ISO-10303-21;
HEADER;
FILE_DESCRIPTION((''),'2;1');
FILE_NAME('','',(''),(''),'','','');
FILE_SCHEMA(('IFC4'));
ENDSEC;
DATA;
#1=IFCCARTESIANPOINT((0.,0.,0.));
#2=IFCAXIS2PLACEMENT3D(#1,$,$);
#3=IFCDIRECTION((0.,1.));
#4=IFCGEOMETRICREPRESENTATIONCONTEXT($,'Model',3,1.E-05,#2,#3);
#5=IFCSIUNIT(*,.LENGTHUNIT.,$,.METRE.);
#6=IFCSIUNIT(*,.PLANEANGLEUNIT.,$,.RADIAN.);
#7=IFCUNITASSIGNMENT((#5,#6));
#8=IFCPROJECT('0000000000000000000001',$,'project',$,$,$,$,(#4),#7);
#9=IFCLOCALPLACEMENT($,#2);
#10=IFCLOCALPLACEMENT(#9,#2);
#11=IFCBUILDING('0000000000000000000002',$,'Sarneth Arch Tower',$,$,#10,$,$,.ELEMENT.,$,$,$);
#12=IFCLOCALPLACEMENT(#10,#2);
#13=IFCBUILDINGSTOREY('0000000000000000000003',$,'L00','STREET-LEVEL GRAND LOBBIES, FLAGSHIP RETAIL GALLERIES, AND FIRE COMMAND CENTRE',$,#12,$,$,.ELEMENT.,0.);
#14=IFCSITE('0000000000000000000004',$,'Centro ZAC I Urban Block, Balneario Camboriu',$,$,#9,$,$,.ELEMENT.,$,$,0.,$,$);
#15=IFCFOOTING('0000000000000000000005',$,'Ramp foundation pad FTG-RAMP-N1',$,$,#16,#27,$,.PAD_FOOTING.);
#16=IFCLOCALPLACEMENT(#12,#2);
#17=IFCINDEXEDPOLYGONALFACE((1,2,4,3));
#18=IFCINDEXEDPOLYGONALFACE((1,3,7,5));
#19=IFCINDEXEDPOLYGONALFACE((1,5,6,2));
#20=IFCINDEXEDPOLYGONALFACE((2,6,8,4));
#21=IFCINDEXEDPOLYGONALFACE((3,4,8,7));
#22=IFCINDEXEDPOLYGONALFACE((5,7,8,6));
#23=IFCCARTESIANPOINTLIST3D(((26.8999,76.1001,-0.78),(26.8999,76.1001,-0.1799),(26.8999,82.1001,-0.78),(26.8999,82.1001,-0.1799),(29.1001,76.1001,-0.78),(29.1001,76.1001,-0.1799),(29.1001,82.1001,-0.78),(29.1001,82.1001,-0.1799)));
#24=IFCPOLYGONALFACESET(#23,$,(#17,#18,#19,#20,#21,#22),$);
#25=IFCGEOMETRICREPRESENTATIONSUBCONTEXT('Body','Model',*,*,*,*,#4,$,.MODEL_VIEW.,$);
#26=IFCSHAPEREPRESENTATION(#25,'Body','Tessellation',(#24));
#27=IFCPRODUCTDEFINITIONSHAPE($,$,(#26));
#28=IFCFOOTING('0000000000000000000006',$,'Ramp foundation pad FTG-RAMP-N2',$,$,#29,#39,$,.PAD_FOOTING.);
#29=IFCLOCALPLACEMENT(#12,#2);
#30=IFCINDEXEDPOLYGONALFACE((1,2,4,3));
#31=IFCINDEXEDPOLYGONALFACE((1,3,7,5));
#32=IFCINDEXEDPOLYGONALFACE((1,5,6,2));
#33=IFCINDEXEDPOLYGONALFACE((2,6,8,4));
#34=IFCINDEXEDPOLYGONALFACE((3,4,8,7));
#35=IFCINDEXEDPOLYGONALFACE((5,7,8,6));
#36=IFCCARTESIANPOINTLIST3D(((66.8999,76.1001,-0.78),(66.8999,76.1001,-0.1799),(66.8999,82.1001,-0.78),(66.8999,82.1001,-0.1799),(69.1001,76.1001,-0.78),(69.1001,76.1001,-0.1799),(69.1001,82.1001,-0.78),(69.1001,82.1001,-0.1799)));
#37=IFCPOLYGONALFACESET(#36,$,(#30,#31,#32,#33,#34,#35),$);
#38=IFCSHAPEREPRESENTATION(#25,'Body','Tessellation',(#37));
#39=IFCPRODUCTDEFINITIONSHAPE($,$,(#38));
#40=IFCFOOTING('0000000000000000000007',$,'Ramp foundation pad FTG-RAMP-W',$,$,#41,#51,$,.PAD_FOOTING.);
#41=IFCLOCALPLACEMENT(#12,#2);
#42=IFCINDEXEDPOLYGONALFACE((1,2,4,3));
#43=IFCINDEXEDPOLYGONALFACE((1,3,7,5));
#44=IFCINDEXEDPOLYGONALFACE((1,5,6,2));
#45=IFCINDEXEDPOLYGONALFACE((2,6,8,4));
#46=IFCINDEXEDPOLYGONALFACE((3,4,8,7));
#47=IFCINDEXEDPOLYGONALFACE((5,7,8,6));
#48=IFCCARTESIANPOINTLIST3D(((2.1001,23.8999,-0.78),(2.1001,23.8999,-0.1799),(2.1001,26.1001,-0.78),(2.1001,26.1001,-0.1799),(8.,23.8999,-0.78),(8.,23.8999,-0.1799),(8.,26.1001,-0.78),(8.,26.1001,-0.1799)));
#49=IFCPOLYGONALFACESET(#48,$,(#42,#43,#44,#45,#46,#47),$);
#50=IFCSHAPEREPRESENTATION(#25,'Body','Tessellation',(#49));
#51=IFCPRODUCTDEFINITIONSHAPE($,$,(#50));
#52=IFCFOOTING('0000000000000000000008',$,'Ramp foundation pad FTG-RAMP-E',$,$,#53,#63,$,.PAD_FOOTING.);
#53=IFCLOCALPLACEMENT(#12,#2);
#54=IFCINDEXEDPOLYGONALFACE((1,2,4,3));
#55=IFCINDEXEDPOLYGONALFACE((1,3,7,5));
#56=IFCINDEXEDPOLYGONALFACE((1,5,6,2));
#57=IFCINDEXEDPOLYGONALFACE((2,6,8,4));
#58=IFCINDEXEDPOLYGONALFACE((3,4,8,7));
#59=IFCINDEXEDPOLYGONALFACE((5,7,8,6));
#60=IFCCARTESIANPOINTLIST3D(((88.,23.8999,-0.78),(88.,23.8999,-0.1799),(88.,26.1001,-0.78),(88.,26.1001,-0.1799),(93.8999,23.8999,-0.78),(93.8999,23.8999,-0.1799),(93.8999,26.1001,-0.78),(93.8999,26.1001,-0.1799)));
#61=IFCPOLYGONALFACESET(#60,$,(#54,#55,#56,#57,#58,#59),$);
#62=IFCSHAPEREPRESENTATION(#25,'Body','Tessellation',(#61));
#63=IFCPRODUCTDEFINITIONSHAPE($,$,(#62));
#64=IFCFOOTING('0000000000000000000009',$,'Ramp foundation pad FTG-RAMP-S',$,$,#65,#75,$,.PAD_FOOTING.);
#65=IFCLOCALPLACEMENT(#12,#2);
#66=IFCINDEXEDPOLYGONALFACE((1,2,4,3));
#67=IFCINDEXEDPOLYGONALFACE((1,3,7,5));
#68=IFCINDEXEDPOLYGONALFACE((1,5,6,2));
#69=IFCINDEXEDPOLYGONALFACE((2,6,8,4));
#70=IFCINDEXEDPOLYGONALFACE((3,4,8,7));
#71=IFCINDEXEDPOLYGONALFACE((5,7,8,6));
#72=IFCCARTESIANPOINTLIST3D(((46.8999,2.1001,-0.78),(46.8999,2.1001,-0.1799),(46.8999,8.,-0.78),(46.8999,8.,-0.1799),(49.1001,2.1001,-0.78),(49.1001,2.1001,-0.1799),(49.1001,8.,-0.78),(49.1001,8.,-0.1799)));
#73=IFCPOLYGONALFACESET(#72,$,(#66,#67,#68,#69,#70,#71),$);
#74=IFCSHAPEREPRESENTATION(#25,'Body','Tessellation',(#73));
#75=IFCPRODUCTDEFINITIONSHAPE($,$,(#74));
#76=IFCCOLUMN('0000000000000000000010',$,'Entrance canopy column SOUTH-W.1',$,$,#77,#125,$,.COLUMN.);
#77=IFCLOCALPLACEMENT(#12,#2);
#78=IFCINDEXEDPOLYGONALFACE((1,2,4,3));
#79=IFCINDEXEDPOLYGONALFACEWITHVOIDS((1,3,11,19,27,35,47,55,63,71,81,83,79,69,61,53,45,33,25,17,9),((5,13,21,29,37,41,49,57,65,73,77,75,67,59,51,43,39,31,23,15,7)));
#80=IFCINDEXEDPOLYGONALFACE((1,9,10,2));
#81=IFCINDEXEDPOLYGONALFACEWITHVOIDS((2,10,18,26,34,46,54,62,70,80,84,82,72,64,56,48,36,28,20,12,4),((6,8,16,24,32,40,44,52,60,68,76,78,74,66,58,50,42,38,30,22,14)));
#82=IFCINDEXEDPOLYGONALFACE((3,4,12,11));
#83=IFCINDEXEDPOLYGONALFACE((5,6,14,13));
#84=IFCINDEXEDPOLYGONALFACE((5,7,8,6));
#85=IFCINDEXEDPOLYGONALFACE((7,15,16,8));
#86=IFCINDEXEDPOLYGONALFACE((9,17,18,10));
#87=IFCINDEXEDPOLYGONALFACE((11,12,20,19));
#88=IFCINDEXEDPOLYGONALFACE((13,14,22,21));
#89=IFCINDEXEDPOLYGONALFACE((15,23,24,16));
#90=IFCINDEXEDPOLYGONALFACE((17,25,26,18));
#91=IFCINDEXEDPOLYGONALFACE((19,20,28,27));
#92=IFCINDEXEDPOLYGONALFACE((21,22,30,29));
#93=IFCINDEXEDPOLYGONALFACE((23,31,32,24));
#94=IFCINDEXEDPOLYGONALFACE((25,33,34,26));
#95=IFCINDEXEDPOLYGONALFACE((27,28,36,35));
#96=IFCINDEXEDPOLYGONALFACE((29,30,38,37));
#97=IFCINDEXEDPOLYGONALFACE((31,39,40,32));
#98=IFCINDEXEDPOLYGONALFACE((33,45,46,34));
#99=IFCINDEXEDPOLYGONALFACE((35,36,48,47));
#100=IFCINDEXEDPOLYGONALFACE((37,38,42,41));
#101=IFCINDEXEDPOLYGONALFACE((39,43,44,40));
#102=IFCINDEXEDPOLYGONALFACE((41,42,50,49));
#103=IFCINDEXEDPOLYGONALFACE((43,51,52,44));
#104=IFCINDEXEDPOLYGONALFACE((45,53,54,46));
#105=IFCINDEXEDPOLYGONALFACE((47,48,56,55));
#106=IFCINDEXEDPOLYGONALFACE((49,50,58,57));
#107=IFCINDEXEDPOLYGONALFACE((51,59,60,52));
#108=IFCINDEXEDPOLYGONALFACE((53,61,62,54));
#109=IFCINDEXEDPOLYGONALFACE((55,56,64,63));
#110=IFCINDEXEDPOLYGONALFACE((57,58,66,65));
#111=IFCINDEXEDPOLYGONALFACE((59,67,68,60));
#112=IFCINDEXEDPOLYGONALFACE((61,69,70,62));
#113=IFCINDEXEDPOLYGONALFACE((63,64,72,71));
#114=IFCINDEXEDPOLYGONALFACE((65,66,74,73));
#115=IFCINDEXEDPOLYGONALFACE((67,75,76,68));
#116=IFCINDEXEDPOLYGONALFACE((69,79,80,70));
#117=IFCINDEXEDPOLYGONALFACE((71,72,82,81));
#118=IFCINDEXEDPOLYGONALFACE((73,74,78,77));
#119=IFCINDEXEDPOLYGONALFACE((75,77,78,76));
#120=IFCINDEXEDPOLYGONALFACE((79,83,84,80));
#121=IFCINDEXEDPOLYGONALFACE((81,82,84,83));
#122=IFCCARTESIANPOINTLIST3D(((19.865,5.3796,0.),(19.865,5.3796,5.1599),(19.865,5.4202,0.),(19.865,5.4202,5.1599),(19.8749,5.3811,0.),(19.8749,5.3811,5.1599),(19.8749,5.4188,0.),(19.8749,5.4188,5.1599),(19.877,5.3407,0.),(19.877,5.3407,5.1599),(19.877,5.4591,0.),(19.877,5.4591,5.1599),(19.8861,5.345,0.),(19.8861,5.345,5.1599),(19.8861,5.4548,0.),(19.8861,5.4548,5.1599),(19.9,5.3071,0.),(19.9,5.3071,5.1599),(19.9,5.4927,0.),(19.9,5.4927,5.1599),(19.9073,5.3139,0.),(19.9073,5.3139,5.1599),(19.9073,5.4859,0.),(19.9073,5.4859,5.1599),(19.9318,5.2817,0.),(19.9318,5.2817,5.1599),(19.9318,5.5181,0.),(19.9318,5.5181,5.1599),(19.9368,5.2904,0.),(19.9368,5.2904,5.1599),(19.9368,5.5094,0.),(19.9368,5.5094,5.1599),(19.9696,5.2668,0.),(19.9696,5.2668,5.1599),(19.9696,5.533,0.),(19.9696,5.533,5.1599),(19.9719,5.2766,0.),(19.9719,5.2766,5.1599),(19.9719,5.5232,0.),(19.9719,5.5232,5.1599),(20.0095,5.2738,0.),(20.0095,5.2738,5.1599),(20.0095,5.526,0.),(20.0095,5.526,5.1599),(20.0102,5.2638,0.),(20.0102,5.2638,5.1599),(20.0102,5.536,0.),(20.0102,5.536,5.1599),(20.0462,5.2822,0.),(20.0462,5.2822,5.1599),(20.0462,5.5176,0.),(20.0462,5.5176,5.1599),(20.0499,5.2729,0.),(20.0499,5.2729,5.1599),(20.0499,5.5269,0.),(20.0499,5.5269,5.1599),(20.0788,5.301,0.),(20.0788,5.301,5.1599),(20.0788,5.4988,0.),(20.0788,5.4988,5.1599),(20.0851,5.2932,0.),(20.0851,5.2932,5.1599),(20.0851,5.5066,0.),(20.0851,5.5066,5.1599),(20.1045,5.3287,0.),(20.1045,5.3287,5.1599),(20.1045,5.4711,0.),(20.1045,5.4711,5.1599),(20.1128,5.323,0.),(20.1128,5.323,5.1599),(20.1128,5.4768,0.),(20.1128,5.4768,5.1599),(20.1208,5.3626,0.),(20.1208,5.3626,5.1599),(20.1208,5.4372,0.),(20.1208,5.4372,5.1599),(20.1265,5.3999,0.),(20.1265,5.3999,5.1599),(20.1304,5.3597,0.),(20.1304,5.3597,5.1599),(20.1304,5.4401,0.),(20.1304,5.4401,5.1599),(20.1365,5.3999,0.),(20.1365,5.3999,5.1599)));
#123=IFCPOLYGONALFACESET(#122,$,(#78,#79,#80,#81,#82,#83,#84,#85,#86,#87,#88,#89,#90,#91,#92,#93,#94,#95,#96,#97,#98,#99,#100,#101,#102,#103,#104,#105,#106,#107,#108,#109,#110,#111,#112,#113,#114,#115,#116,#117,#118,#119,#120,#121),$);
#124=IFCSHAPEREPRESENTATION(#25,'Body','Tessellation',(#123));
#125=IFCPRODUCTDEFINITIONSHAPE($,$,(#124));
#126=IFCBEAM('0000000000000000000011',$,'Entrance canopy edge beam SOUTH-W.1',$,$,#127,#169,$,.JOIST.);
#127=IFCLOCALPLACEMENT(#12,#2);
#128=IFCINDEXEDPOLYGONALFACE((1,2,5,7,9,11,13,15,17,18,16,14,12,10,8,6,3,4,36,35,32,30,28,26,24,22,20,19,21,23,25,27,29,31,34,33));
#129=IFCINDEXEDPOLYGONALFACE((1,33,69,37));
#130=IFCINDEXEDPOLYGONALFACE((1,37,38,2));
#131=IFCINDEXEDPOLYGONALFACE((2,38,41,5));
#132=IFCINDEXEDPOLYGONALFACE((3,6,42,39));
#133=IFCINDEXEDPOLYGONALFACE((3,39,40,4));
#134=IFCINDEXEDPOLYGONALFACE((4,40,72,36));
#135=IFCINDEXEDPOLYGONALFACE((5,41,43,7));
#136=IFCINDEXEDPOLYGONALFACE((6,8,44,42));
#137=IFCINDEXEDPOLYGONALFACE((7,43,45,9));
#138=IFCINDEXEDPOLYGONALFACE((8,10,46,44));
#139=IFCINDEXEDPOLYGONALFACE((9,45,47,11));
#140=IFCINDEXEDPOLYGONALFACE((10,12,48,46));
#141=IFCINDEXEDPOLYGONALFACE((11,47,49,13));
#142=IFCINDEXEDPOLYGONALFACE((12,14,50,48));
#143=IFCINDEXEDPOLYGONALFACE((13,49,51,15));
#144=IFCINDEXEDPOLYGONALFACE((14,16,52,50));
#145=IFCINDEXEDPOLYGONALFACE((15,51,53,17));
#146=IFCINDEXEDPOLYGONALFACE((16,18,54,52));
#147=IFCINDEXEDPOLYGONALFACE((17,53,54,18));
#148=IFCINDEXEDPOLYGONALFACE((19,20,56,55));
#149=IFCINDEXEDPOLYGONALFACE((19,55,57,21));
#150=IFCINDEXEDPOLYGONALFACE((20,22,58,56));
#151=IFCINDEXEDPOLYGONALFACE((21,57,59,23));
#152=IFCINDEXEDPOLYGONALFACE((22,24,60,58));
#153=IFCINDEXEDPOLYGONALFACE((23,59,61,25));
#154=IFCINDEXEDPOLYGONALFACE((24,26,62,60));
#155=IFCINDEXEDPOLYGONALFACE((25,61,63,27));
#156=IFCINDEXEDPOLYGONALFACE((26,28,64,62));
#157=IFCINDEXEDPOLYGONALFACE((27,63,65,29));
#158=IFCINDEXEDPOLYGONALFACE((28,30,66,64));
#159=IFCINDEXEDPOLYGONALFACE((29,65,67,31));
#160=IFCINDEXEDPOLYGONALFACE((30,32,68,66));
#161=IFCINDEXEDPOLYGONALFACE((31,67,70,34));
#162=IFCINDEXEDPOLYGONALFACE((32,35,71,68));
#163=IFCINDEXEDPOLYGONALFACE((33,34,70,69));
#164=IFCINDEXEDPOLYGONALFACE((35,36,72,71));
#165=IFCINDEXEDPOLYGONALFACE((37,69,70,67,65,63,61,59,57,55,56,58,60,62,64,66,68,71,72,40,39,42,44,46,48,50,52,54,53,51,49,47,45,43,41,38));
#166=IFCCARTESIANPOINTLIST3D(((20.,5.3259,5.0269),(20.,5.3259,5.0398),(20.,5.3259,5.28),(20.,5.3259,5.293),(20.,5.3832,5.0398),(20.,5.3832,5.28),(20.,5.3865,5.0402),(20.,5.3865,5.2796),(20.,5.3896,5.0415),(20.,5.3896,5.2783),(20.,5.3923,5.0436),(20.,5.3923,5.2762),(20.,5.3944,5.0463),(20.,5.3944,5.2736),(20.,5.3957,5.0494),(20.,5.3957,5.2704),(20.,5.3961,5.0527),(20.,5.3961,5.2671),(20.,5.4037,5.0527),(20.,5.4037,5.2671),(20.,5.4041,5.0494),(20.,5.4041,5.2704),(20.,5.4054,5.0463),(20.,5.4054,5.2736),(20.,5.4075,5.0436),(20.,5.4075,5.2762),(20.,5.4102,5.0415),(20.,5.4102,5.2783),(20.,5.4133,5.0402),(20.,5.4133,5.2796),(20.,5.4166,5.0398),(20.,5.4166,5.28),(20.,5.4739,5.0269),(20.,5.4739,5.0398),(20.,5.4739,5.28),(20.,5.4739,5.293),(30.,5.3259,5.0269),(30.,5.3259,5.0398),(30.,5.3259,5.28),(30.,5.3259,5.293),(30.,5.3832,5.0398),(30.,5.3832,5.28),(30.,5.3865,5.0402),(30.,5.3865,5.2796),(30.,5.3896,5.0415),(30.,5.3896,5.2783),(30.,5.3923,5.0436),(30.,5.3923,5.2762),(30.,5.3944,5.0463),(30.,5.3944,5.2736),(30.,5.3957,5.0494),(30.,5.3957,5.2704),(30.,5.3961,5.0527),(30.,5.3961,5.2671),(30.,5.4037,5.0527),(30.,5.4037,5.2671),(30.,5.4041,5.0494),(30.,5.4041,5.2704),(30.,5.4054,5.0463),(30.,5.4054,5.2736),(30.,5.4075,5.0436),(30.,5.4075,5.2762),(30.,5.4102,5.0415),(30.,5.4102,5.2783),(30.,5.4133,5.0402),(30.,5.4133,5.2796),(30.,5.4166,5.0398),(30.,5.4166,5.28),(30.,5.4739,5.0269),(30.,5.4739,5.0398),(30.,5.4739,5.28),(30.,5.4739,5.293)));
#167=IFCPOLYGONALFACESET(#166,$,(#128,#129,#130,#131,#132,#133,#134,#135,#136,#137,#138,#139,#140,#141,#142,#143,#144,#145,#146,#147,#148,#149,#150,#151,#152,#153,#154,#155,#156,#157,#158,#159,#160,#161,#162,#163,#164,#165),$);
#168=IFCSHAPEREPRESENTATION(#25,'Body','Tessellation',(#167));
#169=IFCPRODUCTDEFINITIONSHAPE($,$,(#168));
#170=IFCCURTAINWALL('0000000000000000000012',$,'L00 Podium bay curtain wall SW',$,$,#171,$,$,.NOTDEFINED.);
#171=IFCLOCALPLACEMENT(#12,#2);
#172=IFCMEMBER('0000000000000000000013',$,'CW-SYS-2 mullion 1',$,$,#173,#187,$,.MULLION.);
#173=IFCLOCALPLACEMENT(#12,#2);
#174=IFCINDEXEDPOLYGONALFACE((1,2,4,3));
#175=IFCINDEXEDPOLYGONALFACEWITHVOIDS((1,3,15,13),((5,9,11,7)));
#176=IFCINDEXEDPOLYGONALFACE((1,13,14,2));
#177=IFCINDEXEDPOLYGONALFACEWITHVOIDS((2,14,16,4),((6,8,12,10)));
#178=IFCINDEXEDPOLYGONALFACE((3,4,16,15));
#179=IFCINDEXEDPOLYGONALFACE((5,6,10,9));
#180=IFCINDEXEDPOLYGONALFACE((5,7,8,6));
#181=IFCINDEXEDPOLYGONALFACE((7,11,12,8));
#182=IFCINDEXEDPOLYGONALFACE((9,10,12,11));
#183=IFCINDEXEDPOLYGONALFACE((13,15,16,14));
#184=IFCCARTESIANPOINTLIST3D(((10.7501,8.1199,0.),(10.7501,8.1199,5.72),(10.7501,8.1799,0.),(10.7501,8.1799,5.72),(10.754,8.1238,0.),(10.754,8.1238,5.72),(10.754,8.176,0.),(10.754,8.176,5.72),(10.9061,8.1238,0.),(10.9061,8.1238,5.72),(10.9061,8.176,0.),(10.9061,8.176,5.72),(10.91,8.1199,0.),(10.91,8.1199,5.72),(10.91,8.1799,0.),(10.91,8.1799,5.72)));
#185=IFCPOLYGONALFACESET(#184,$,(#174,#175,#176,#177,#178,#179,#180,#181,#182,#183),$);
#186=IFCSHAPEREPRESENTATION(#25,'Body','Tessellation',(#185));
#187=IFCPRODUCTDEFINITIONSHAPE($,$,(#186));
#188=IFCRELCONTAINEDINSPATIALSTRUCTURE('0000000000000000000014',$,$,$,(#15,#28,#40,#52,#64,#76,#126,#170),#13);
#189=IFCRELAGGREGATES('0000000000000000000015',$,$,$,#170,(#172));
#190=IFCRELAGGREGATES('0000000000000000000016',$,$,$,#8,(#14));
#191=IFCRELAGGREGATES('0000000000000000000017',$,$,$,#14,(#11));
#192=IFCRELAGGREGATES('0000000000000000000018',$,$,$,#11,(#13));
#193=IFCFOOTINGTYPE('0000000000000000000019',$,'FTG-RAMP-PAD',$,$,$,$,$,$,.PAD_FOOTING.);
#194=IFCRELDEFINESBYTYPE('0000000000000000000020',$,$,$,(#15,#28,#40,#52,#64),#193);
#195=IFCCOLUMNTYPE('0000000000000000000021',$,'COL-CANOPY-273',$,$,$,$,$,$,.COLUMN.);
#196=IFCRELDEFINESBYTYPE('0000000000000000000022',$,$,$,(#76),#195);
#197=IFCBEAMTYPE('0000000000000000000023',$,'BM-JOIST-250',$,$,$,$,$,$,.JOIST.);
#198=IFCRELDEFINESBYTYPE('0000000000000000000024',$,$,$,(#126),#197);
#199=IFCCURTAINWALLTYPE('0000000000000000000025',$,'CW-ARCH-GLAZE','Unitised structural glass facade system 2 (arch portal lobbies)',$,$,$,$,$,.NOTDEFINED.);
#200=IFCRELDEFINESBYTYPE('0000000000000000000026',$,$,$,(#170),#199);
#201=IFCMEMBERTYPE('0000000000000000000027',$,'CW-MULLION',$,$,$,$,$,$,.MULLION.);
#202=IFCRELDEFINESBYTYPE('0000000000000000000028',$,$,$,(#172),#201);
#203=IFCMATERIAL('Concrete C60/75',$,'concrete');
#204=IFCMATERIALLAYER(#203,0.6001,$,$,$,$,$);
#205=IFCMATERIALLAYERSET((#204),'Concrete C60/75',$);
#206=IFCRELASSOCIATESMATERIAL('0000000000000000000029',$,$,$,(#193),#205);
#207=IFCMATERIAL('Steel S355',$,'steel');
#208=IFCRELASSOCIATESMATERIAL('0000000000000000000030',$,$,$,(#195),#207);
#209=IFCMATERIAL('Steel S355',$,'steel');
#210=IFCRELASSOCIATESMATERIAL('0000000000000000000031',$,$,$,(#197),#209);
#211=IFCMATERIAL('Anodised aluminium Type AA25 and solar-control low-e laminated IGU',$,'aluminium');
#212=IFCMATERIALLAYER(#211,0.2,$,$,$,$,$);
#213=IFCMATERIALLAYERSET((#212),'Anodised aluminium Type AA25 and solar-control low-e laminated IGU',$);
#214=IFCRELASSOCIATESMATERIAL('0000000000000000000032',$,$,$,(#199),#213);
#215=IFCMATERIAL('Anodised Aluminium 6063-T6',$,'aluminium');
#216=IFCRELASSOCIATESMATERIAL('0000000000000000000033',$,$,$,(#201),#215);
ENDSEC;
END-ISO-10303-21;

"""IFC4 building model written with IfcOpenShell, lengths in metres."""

from ifc_helpers import new_model, si_unit, direction, frame, origin, origin_2d, place, context, subcontext, project, spatial, polyline, hollow_rectangle, hollow_circle, i_section, outline, extrude, material, layer, layer_set, material_profile, profile_set, type_object, element, aggregate, save


model = new_model("IFC4")

# Units and contexts
model_context = context("Model", 3, precision=1e-05, world=origin(), true_north=direction((0.0, 1.0)))
body_context = subcontext(model_context, "Body", "Model", "MODEL_VIEW")
ifc_project = project(units=[si_unit("LENGTHUNIT", "METRE"), si_unit("PLANEANGLEUNIT", "RADIAN")], contexts=[model_context])

# Site, building, storey
site_placement = place(None, origin())
site = spatial("IfcSite", under=ifc_project, at=site_placement, Name="Centro ZAC I Urban Block, Balneario Camboriu", CompositionType="ELEMENT", RefElevation=0.0)
building_placement = place(site_placement, origin())
building = spatial("IfcBuilding", under=site, at=building_placement, Name="Sarneth Arch Tower", CompositionType="ELEMENT")
storey_placement = place(building_placement, origin())
storey = spatial("IfcBuildingStorey", under=building, at=storey_placement, Name="L00", Description="STREET-LEVEL GRAND LOBBIES, FLAGSHIP RETAIL GALLERIES, AND FIRE COMMAND CENTRE", CompositionType="ELEMENT", Elevation=0.0)

# Footings
ifc_material_1 = material(Name="Concrete C60/75", Category="concrete")
ifc_layer_1 = layer(ifc_material_1, 0.6001)
ifc_layer_set_1 = layer_set([ifc_layer_1], Name="Concrete C60/75")
footing_type = type_object("IfcFootingType", Name="FTG-RAMP-PAD", PredefinedType="PAD_FOOTING", material=ifc_layer_set_1)
footing_1_placement = place(storey_placement, frame((0.0, 0.0, -0.78)))
element("IfcFooting", 1, at=footing_1_placement, inside=storey, type_object=footing_type, Name="Ramp foundation pad FTG-RAMP-N1", PredefinedType="PAD_FOOTING", context=body_context, shape_type="SweptSolid", body=[
    extrude(outline(polyline([(26.8999, 76.1001), (29.1001, 76.1001), (29.1001, 82.1001), (26.8999, 82.1001), (26.8999, 76.1001)])), origin(), (0.0, 0.0, 1.0), 0.6001),
])
footing_2_placement = place(storey_placement, frame((0.0, 0.0, -0.78)))
element("IfcFooting", 2, at=footing_2_placement, inside=storey, type_object=footing_type, Name="Ramp foundation pad FTG-RAMP-N2", PredefinedType="PAD_FOOTING", context=body_context, shape_type="SweptSolid", body=[
    extrude(outline(polyline([(66.8999, 76.1001), (69.1001, 76.1001), (69.1001, 82.1001), (66.8999, 82.1001), (66.8999, 76.1001)])), origin(), (0.0, 0.0, 1.0), 0.6001),
])
footing_3_placement = place(storey_placement, frame((0.0, 0.0, -0.78)))
element("IfcFooting", 3, at=footing_3_placement, inside=storey, type_object=footing_type, Name="Ramp foundation pad FTG-RAMP-W", PredefinedType="PAD_FOOTING", context=body_context, shape_type="SweptSolid", body=[
    extrude(outline(polyline([(2.1001, 23.8999), (8.0, 23.8999), (8.0, 26.1001), (2.1001, 26.1001), (2.1001, 23.8999)])), origin(), (0.0, 0.0, 1.0), 0.6001),
])
footing_4_placement = place(storey_placement, frame((0.0, 0.0, -0.78)))
element("IfcFooting", 4, at=footing_4_placement, inside=storey, type_object=footing_type, Name="Ramp foundation pad FTG-RAMP-E", PredefinedType="PAD_FOOTING", context=body_context, shape_type="SweptSolid", body=[
    extrude(outline(polyline([(88.0, 23.8999), (93.8999, 23.8999), (93.8999, 26.1001), (88.0, 26.1001), (88.0, 23.8999)])), origin(), (0.0, 0.0, 1.0), 0.6001),
])
footing_5_placement = place(storey_placement, frame((0.0, 0.0, -0.78)))
element("IfcFooting", 5, at=footing_5_placement, inside=storey, type_object=footing_type, Name="Ramp foundation pad FTG-RAMP-S", PredefinedType="PAD_FOOTING", context=body_context, shape_type="SweptSolid", body=[
    extrude(outline(polyline([(46.8999, 2.1001), (49.1001, 2.1001), (49.1001, 8.0), (46.8999, 8.0), (46.8999, 2.1001)])), origin(), (0.0, 0.0, 1.0), 0.6001),
])

# Column
ifc_material_2 = material(Name="Steel S355", Category="steel")
ifc_material_profile_1 = material_profile(ifc_material_2, hollow_circle(Radius=0.1365, WallThickness=0.01, at=origin_2d()), Name="CHS273x10")
ifc_profile_set_1 = profile_set([ifc_material_profile_1], Name="Steel S355")
column_type = type_object("IfcColumnType", Name="COL-CANOPY-273", PredefinedType="COLUMN", material=ifc_profile_set_1)
column_placement = place(storey_placement, frame((20.0, 5.3999, 0.0), z_axis=(0.0, 0.0, 1.0), x_axis=(1.0, 0.0, 0.0)))
element("IfcColumn", 6, at=column_placement, inside=storey, type_object=column_type, Name="Entrance canopy column SOUTH-W.1", PredefinedType="COLUMN", context=body_context, shape_type="SweptSolid", body=[
    extrude(hollow_circle(Radius=0.1365, WallThickness=0.01, at=origin_2d()), origin(), (0.0, 0.0, 1.0), 5.1599),
])

# Beam
ifc_material_3 = material(Name="Steel S355", Category="steel")
ifc_material_profile_2 = material_profile(ifc_material_3, i_section(OverallWidth=0.1479, OverallDepth=0.2661, WebThickness=0.0076, FlangeThickness=0.0129, FilletRadius=0.0129, at=origin_2d()), Name="W250x44.8")
ifc_profile_set_2 = profile_set([ifc_material_profile_2], Name="Steel S355")
beam_type = type_object("IfcBeamType", Name="BM-JOIST-250", PredefinedType="JOIST", material=ifc_profile_set_2)
beam_placement = place(storey_placement, frame((20.0, 5.3999, 5.1599), z_axis=(1.0, 0.0, 0.0), x_axis=(0.0, 1.0, 0.0)))
element("IfcBeam", 7, at=beam_placement, inside=storey, type_object=beam_type, Name="Entrance canopy edge beam SOUTH-W.1", PredefinedType="JOIST", context=body_context, shape_type="SweptSolid", body=[
    extrude(i_section(OverallWidth=0.1479, OverallDepth=0.2661, WebThickness=0.0076, FlangeThickness=0.0129, FilletRadius=0.0129, at=origin_2d()), origin(), (0.0, 0.0, 1.0), 10.0),
])

# Curtain wall, member
ifc_material_4 = material(Name="Anodised aluminium Type AA25 and solar-control low-e laminated IGU", Category="aluminium")
ifc_layer_2 = layer(ifc_material_4, 0.2)
ifc_layer_set_2 = layer_set([ifc_layer_2], Name="Anodised aluminium Type AA25 and solar-control low-e laminated IGU")
curtain_wall_type = type_object("IfcCurtainWallType", Name="CW-ARCH-GLAZE", Description="Unitised structural glass facade system 2 (arch portal lobbies)", PredefinedType="NOTDEFINED", material=ifc_layer_set_2)
curtain_wall_placement = place(storey_placement, origin())
curtain_wall = element("IfcCurtainWall", 8, at=curtain_wall_placement, inside=storey, type_object=curtain_wall_type, Name="L00 Podium bay curtain wall SW", PredefinedType="NOTDEFINED")
ifc_material_5 = material(Name="Anodised Aluminium 6063-T6", Category="aluminium")
ifc_material_profile_3 = material_profile(ifc_material_5, hollow_rectangle(XDim=0.0601, YDim=0.1599, WallThickness=0.0039, at=origin_2d()), Name="AL-MULL-160x60x4")
ifc_profile_set_3 = profile_set([ifc_material_profile_3], Name="Anodised Aluminium 6063-T6")
member_type_1 = type_object("IfcMemberType", Name="CW-MULLION", PredefinedType="MULLION", material=ifc_profile_set_3)
member_1_placement = place(storey_placement, frame((10.8301, 8.1499, 0.0), z_axis=(0.0, 0.0, 1.0), x_axis=(0.0, 1.0, 0.0)))
member_1 = element("IfcMember", 9, at=member_1_placement, type_object=member_type_1, Name="CW-SYS-2 mullion 1", PredefinedType="MULLION", context=body_context, shape_type="SweptSolid", body=[
    extrude(hollow_rectangle(XDim=0.0601, YDim=0.1599, WallThickness=0.0039, at=origin_2d()), origin(), (0.0, 0.0, 1.0), 5.72),
])
aggregate(curtain_wall, [member_1])

save(model, "model.ifc")
